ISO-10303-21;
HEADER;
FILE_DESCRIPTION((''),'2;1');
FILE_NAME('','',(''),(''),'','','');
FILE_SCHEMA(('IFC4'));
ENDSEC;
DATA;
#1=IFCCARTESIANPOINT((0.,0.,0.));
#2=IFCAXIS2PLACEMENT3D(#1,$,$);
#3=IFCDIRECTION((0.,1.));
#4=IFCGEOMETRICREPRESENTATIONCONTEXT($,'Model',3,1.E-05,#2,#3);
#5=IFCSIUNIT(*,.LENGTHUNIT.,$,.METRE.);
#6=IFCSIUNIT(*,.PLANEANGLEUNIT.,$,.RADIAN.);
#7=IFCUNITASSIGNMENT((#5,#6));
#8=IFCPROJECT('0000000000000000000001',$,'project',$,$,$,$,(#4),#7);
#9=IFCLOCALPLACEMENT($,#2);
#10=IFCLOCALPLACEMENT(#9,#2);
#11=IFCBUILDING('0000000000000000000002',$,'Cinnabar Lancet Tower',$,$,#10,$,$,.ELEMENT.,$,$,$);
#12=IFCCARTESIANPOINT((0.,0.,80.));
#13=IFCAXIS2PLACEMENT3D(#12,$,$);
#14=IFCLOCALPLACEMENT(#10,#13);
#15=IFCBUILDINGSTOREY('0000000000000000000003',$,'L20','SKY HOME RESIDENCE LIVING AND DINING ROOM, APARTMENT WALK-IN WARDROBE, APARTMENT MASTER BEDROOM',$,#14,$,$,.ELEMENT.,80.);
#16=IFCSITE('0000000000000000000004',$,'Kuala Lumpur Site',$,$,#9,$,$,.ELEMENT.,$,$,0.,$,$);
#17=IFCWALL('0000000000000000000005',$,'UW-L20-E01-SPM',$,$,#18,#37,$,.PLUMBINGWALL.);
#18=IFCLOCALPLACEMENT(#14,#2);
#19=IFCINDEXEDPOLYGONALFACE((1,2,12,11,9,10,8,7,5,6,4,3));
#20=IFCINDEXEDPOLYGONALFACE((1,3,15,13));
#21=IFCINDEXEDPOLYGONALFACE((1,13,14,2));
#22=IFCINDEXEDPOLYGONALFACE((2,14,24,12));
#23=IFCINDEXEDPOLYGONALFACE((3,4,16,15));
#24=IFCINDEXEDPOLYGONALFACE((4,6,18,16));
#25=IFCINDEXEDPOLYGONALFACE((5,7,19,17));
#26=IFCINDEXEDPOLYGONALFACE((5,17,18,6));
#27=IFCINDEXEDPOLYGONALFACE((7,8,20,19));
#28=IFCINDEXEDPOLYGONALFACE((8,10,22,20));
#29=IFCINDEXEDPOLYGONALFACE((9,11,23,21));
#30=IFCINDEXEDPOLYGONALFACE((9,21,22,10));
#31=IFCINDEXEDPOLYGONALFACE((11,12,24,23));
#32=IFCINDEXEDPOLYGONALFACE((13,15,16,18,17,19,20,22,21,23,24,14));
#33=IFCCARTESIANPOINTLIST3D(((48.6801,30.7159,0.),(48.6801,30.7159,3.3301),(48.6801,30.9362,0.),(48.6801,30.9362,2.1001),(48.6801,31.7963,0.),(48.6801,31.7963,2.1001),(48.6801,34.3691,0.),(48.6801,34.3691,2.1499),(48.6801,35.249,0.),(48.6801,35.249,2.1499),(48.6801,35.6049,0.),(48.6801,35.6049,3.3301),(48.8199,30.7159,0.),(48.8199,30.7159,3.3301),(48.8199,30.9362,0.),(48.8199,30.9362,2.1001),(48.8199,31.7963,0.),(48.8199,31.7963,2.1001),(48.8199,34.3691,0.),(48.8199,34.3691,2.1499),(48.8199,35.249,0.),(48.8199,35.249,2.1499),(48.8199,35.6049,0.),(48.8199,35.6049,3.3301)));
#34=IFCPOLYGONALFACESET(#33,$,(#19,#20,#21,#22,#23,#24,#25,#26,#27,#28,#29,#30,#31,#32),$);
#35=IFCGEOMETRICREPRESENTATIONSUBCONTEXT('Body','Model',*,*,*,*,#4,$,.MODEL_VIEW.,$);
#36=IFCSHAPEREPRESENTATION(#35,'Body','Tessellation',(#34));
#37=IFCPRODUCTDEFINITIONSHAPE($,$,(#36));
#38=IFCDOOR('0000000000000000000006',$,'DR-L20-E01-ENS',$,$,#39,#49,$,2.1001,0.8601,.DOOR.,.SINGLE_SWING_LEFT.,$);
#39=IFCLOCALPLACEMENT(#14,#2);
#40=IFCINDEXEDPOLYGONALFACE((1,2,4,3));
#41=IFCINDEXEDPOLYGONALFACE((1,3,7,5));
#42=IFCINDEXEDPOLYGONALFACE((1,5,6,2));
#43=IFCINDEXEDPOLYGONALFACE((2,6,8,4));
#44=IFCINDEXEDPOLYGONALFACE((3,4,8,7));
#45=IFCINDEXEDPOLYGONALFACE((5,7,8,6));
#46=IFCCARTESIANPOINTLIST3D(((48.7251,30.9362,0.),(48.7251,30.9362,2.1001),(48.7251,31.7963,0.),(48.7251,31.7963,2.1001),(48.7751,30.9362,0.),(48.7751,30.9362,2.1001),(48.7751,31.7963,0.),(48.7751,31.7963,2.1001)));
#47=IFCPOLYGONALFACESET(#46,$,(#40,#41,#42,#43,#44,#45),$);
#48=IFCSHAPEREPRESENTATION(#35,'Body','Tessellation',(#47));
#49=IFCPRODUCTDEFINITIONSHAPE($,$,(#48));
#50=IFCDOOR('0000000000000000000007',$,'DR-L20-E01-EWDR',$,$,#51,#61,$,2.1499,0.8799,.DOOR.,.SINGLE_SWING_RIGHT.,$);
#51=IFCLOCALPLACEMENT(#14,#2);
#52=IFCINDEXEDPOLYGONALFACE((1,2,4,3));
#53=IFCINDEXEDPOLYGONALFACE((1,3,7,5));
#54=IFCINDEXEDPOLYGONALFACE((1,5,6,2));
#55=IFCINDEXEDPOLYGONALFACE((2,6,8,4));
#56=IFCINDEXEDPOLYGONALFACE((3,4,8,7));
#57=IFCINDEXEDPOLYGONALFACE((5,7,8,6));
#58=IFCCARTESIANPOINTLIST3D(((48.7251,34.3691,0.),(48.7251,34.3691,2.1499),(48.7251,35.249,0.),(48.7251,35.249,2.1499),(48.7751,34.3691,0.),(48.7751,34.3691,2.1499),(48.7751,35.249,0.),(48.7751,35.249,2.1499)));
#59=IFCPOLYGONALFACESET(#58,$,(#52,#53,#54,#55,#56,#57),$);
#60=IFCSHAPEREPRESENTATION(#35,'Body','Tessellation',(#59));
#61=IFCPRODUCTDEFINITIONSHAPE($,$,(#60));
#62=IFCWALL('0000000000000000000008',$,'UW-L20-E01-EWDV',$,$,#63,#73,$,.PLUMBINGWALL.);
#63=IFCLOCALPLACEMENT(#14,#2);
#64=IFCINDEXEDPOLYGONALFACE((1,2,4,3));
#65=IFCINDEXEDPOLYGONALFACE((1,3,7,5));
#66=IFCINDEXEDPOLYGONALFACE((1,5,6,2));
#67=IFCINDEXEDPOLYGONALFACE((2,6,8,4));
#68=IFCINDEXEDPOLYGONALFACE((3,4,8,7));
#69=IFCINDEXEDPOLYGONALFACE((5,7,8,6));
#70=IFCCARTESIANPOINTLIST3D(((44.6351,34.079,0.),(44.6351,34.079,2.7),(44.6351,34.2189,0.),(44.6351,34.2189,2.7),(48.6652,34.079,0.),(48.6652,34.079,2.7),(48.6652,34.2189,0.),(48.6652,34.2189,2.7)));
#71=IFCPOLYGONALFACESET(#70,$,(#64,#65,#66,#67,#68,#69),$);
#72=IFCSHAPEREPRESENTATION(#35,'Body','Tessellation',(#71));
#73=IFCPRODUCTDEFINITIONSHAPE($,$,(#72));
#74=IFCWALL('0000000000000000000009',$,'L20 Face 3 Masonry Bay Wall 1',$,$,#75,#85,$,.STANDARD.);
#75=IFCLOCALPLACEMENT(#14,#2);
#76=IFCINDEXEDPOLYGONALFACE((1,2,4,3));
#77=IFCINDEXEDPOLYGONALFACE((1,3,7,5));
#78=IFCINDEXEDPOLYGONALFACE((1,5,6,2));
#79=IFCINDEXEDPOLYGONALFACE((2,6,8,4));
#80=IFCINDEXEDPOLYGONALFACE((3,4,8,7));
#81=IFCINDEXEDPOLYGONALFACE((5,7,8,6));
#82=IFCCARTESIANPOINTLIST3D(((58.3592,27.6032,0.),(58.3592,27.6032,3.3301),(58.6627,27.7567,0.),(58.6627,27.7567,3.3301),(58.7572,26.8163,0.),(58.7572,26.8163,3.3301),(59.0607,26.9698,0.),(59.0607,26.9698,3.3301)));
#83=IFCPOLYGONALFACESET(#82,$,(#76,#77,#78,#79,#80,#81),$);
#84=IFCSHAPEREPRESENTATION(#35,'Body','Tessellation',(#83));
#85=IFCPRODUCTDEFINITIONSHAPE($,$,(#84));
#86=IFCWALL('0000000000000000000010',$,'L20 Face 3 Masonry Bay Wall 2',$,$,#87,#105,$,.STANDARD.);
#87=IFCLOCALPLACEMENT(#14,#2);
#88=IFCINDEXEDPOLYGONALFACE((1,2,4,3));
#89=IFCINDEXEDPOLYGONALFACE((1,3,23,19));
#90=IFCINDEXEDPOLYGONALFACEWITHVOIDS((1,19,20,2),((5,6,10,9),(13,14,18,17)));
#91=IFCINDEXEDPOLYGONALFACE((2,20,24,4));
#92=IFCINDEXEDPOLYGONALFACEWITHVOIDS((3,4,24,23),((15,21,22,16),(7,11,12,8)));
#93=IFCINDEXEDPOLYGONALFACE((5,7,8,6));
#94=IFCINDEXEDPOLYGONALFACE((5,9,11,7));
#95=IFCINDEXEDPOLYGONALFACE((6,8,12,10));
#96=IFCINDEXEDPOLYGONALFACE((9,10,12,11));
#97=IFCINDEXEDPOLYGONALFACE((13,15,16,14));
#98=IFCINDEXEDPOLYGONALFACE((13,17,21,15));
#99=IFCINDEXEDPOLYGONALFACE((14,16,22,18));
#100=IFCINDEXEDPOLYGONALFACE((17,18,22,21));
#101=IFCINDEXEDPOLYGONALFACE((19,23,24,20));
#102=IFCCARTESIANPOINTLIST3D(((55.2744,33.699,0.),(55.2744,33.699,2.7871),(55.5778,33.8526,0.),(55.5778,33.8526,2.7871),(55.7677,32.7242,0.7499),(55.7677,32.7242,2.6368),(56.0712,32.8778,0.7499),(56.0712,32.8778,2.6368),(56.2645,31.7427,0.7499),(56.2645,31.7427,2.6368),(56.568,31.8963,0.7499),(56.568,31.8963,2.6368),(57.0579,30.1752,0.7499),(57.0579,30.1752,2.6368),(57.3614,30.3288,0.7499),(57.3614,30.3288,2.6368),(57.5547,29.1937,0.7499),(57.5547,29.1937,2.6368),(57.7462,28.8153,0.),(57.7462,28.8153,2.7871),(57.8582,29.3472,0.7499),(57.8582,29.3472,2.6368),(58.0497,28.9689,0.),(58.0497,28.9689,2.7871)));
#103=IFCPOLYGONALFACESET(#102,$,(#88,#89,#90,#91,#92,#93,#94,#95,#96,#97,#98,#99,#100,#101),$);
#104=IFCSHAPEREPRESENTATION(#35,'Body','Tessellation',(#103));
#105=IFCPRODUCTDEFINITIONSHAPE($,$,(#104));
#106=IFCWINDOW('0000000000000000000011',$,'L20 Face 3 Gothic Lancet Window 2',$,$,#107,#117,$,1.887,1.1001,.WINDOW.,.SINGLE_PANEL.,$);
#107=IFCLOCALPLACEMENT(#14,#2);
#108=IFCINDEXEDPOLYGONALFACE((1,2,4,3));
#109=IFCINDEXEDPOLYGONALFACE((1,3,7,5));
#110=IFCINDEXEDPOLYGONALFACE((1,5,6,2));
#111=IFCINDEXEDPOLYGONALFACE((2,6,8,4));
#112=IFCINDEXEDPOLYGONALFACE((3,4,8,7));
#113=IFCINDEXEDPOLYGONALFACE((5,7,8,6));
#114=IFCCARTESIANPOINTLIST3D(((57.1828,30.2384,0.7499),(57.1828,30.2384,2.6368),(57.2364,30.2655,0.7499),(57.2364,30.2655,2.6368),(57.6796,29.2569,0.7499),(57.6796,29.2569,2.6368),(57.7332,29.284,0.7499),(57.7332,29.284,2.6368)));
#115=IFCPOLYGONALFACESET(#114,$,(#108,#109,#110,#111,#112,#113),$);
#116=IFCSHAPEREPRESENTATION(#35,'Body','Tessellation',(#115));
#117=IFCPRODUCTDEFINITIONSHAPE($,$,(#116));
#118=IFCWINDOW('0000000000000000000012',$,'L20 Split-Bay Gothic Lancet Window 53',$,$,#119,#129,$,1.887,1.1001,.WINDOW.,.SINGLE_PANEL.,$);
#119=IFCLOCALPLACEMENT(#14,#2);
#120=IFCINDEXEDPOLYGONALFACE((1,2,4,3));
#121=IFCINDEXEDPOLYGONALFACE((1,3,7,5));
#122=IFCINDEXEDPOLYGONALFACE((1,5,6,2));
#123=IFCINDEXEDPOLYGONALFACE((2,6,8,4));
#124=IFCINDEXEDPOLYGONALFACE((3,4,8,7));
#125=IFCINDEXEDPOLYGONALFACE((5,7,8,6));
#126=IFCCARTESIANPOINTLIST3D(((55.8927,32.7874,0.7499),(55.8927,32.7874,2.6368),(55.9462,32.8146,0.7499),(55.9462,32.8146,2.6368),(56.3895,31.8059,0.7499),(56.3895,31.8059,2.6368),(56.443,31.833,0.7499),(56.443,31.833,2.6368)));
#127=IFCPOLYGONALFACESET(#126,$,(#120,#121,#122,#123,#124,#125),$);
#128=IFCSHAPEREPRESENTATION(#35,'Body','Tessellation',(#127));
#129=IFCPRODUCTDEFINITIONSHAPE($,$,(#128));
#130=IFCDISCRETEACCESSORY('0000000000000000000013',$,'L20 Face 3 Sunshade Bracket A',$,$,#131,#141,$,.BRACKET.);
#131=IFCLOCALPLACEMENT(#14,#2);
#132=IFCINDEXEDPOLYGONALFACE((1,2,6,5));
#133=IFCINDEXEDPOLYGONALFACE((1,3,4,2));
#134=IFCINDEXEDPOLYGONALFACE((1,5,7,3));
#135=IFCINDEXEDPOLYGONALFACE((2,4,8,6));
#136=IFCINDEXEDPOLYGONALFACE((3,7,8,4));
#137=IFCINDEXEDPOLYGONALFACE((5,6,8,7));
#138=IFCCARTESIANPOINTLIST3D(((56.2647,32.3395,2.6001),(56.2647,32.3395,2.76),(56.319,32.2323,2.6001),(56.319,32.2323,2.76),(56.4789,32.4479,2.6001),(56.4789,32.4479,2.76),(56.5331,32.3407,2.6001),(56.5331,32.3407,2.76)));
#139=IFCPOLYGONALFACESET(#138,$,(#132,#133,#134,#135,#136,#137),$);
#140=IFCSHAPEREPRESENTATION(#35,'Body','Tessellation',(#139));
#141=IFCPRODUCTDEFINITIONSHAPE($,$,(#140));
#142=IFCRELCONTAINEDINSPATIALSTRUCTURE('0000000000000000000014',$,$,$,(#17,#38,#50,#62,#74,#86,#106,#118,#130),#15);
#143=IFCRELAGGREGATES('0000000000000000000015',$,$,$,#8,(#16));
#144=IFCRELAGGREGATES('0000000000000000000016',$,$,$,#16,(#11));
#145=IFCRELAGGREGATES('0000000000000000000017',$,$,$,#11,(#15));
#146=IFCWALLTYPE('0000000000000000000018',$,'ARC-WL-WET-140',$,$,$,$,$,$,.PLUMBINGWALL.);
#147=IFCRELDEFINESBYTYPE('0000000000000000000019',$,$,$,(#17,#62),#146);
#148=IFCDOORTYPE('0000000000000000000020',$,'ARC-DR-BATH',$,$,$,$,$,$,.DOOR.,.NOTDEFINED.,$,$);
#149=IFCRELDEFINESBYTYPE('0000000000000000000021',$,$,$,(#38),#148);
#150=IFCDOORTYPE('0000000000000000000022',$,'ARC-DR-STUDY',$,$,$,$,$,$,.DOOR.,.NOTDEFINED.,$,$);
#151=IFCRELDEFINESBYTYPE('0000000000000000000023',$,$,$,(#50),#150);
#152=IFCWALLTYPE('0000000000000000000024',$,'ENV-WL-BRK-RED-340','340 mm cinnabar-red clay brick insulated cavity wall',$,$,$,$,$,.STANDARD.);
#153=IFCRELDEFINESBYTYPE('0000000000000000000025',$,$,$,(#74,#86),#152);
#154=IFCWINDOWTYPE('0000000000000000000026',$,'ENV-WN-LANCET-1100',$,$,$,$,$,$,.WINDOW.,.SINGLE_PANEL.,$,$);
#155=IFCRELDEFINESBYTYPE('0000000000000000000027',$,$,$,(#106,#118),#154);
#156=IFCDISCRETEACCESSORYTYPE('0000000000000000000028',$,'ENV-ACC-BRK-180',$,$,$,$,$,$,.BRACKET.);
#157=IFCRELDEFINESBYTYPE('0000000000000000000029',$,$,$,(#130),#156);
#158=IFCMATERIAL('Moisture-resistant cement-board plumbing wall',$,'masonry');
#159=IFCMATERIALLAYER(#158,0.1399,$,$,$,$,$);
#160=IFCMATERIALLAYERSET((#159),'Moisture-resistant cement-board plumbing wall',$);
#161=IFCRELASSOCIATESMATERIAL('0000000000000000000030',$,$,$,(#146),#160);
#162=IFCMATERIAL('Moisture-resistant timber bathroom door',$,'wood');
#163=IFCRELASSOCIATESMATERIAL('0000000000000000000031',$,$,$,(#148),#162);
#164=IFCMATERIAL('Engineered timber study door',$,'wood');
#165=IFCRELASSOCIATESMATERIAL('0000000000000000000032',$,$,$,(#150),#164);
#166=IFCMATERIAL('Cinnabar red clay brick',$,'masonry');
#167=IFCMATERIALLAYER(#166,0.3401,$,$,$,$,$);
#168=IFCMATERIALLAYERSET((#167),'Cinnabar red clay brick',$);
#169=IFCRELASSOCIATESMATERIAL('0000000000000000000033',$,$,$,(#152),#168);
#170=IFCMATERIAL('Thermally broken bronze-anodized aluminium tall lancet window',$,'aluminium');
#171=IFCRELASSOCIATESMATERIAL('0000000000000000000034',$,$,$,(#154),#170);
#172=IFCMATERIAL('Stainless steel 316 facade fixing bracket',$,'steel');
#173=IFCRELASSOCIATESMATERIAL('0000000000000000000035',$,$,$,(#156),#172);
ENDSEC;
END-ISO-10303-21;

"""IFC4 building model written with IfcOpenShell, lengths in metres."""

from ifc_helpers import new_model, si_unit, direction, frame, frame_2d, origin, origin_2d, place, context, subcontext, project, spatial, rectangle, extrude, material, layer, layer_set, type_object, element, fill, save


model = new_model("IFC4")

# Units and contexts
model_context = context("Model", 3, precision=1e-05, world=origin(), true_north=direction((0.0, 1.0)))
body_context = subcontext(model_context, "Body", "Model", "MODEL_VIEW")
ifc_project = project(units=[si_unit("LENGTHUNIT", "METRE"), si_unit("PLANEANGLEUNIT", "RADIAN")], contexts=[model_context])

# Site, building, storey
site_placement = place(None, origin())
site = spatial("IfcSite", under=ifc_project, at=site_placement, Name="Kuala Lumpur Site", CompositionType="ELEMENT", RefElevation=0.0)
building_placement = place(site_placement, origin())
building = spatial("IfcBuilding", under=site, at=building_placement, Name="Cinnabar Lancet Tower", CompositionType="ELEMENT")
storey_placement = place(building_placement, frame((0.0, 0.0, 80.0)))
storey = spatial("IfcBuildingStorey", under=building, at=storey_placement, Name="L20", Description="SKY HOME RESIDENCE LIVING AND DINING ROOM, APARTMENT WALK-IN WARDROBE, APARTMENT MASTER BEDROOM", CompositionType="ELEMENT", Elevation=80.0)

# Wall, openings, doors
ifc_material_1 = material(Name="Moisture-resistant cement-board plumbing wall", Category="masonry")
ifc_layer_1 = layer(ifc_material_1, 0.1399)
ifc_layer_set_1 = layer_set([ifc_layer_1], Name="Moisture-resistant cement-board plumbing wall")
wall_type_1 = type_object("IfcWallType", Name="ARC-WL-WET-140", PredefinedType="PLUMBINGWALL", material=ifc_layer_set_1)
wall_1_placement = place(storey_placement, frame((48.75, 30.7161, 0.0), z_axis=(0.0, 0.0, 1.0), x_axis=(0.0, 1.0, 0.0)))
wall_1 = element("IfcWall", 1, at=wall_1_placement, inside=storey, type_object=wall_type_1, Name="UW-L20-E01-SPM", PredefinedType="PLUMBINGWALL", context=body_context, shape_type="SweptSolid", body=[
    extrude(rectangle(XDim=4.8889, YDim=0.1399, at=frame_2d((2.4443, 0.0))), origin(), (0.0, 0.0, 1.0), 3.3301),
])
opening_1_placement = place(wall_1_placement, frame((0.22, 0.0, 0.0)))
opening_1 = element("IfcOpeningElement", 2, at=opening_1_placement, cuts=wall_1, PredefinedType="OPENING", context=body_context, shape_type="SweptSolid", body=[
    extrude(rectangle(XDim=0.8601, YDim=2.1001, at=frame_2d((0.4302, 1.05))), frame((0.0, 0.0798, 0.0), z_axis=(0.0, -1.0, 0.0), x_axis=(1.0, 0.0, 0.0)), (0.0, 0.0, 1.0), 0.1599),
])
opening_2_placement = place(wall_1_placement, frame((3.6531, 0.0, 0.0)))
opening_2 = element("IfcOpeningElement", 3, at=opening_2_placement, cuts=wall_1, PredefinedType="OPENING", context=body_context, shape_type="SweptSolid", body=[
    extrude(rectangle(XDim=0.8799, YDim=2.1499, at=frame_2d((0.4399, 1.075))), frame((0.0, 0.0798, 0.0), z_axis=(0.0, -1.0, 0.0), x_axis=(1.0, 0.0, 0.0)), (0.0, 0.0, 1.0), 0.1599),
])
ifc_material_2 = material(Name="Moisture-resistant timber bathroom door", Category="wood")
door_type_1 = type_object("IfcDoorType", Name="ARC-DR-BATH", OperationType="NOTDEFINED", PredefinedType="DOOR", material=ifc_material_2)
door_1_placement = place(opening_1_placement, origin())
door_1 = element("IfcDoor", 4, at=door_1_placement, inside=storey, type_object=door_type_1, Name="DR-L20-E01-ENS", OperationType="SINGLE_SWING_LEFT", OverallHeight=2.1001, OverallWidth=0.8601, PredefinedType="DOOR", context=body_context, shape_type="SweptSolid", body=[
    extrude(rectangle(XDim=0.8601, YDim=2.1001, at=frame_2d((0.4302, 1.05))), frame((0.0, 0.0249, 0.0), z_axis=(0.0, -1.0, 0.0), x_axis=(1.0, 0.0, 0.0)), (0.0, 0.0, 1.0), 0.05),
])
fill(opening_1, door_1)
ifc_material_3 = material(Name="Engineered timber study door", Category="wood")
door_type_2 = type_object("IfcDoorType", Name="ARC-DR-STUDY", OperationType="NOTDEFINED", PredefinedType="DOOR", material=ifc_material_3)
door_2_placement = place(opening_2_placement, origin())
door_2 = element("IfcDoor", 5, at=door_2_placement, inside=storey, type_object=door_type_2, Name="DR-L20-E01-EWDR", OperationType="SINGLE_SWING_RIGHT", OverallHeight=2.1499, OverallWidth=0.8799, PredefinedType="DOOR", context=body_context, shape_type="SweptSolid", body=[
    extrude(rectangle(XDim=0.8799, YDim=2.1499, at=frame_2d((0.4399, 1.075))), frame((0.0, 0.0249, 0.0), z_axis=(0.0, -1.0, 0.0), x_axis=(1.0, 0.0, 0.0)), (0.0, 0.0, 1.0), 0.05),
])
fill(opening_2, door_2)

# Walls
wall_2_placement = place(storey_placement, frame((44.635, 34.1489, 0.0), z_axis=(0.0, 0.0, 1.0), x_axis=(1.0, 0.0, 0.0)))
element("IfcWall", 6, at=wall_2_placement, inside=storey, type_object=wall_type_1, Name="UW-L20-E01-EWDV", PredefinedType="PLUMBINGWALL", context=body_context, shape_type="SweptSolid", body=[
    extrude(rectangle(XDim=4.03, YDim=0.1399, at=frame_2d((2.0151, 0.0))), origin(), (0.0, 0.0, 1.0), 2.7),
])
ifc_material_4 = material(Name="Cinnabar red clay brick", Category="masonry")
ifc_layer_2 = layer(ifc_material_4, 0.3401)
ifc_layer_set_2 = layer_set([ifc_layer_2], Name="Cinnabar red clay brick")
wall_type_2 = type_object("IfcWallType", Name="ENV-WL-BRK-RED-340", Description="340 mm cinnabar-red clay brick insulated cavity wall", PredefinedType="STANDARD", material=ifc_layer_set_2)
wall_3_placement = place(storey_placement, frame((58.9089, 26.8931, 0.0), z_axis=(0.0, 0.0, 1.0), x_axis=(-0.451307, 0.892369, 0.0)))
element("IfcWall", 7, at=wall_3_placement, inside=storey, type_object=wall_type_2, Name="L20 Face 3 Masonry Bay Wall 1", PredefinedType="STANDARD", context=body_context, shape_type="SweptSolid", body=[
    extrude(rectangle(XDim=0.8818, YDim=0.3401, at=frame_2d((0.4409, 0.0))), origin(), (0.0, 0.0, 1.0), 3.3301),
])

# Wall, openings, windows
wall_4_placement = place(storey_placement, frame((57.8979, 28.8921, 0.0), z_axis=(0.0, 0.0, 1.0), x_axis=(-0.451597, 0.892222, 0.0)))
wall_4 = element("IfcWall", 8, at=wall_4_placement, inside=storey, type_object=wall_type_2, Name="L20 Face 3 Masonry Bay Wall 2", PredefinedType="STANDARD", context=body_context, shape_type="SweptSolid", body=[
    extrude(rectangle(XDim=5.4736, YDim=0.3401, at=frame_2d((2.7368, 0.0))), origin(), (0.0, 0.0, 1.0), 2.7871),
])
opening_3_placement = place(wall_4_placement, frame((0.4241, 0.0, 0.75)))
opening_3 = element("IfcOpeningElement", 9, at=opening_3_placement, cuts=wall_4, PredefinedType="OPENING", context=body_context, shape_type="SweptSolid", body=[
    extrude(rectangle(XDim=1.1001, YDim=1.887, at=frame_2d((0.55, 0.9434))), frame((0.0, 0.1799, 0.0), z_axis=(0.0, -1.0, 0.0), x_axis=(1.0, 0.0, 0.0)), (0.0, 0.0, 1.0), 0.3601),
])
opening_4_placement = place(wall_4_placement, frame((3.281, 0.0, 0.75)))
opening_4 = element("IfcOpeningElement", 10, at=opening_4_placement, cuts=wall_4, PredefinedType="OPENING", context=body_context, shape_type="SweptSolid", body=[
    extrude(rectangle(XDim=1.1001, YDim=1.887, at=frame_2d((0.55, 0.9434))), frame((0.0, 0.1799, 0.0), z_axis=(0.0, -1.0, 0.0), x_axis=(1.0, 0.0, 0.0)), (0.0, 0.0, 1.0), 0.3601),
])
ifc_material_5 = material(Name="Thermally broken bronze-anodized aluminium tall lancet window", Category="aluminium")
window_type = type_object("IfcWindowType", Name="ENV-WN-LANCET-1100", PartitioningType="SINGLE_PANEL", PredefinedType="WINDOW", material=ifc_material_5)
window_1_placement = place(opening_3_placement, origin())
window_1 = element("IfcWindow", 11, at=window_1_placement, inside=storey, type_object=window_type, Name="L20 Face 3 Gothic Lancet Window 2", OverallHeight=1.887, OverallWidth=1.1001, PartitioningType="SINGLE_PANEL", PredefinedType="WINDOW", context=body_context, shape_type="SweptSolid", body=[
    extrude(rectangle(XDim=1.1001, YDim=1.887, at=frame_2d((0.55, 0.9434))), frame((0.0, 0.03, 0.0), z_axis=(0.0, -1.0, 0.0), x_axis=(1.0, 0.0, 0.0)), (0.0, 0.0, 1.0), 0.0601),
])
fill(opening_3, window_1)
window_2_placement = place(opening_4_placement, origin())
window_2 = element("IfcWindow", 12, at=window_2_placement, inside=storey, type_object=window_type, Name="L20 Split-Bay Gothic Lancet Window 53", OverallHeight=1.887, OverallWidth=1.1001, PartitioningType="SINGLE_PANEL", PredefinedType="WINDOW", context=body_context, shape_type="SweptSolid", body=[
    extrude(rectangle(XDim=1.1001, YDim=1.887, at=frame_2d((0.55, 0.9434))), frame((0.0, 0.03, 0.0), z_axis=(0.0, -1.0, 0.0), x_axis=(1.0, 0.0, 0.0)), (0.0, 0.0, 1.0), 0.0601),
])
fill(opening_4, window_2)

# Discrete accessory
ifc_material_6 = material(Name="Stainless steel 316 facade fixing bracket", Category="steel")
discrete_accessory_type = type_object("IfcDiscreteAccessoryType", Name="ENV-ACC-BRK-180", PredefinedType="BRACKET", material=ifc_material_6)
discrete_accessory_placement = place(storey_placement, frame((56.3989, 32.3401, 2.6001), z_axis=(0.0, 0.0, 1.0), x_axis=(-0.451501, 0.892271, 0.0)))
element("IfcDiscreteAccessory", 13, at=discrete_accessory_placement, inside=storey, type_object=discrete_accessory_type, Name="L20 Face 3 Sunshade Bracket A", PredefinedType="BRACKET", context=body_context, shape_type="SweptSolid", body=[
    extrude(rectangle(XDim=0.1201, YDim=0.24, at=origin_2d()), origin(), (0.0, 0.0, 1.0), 0.1599),
])

save(model, "model.ifc")
